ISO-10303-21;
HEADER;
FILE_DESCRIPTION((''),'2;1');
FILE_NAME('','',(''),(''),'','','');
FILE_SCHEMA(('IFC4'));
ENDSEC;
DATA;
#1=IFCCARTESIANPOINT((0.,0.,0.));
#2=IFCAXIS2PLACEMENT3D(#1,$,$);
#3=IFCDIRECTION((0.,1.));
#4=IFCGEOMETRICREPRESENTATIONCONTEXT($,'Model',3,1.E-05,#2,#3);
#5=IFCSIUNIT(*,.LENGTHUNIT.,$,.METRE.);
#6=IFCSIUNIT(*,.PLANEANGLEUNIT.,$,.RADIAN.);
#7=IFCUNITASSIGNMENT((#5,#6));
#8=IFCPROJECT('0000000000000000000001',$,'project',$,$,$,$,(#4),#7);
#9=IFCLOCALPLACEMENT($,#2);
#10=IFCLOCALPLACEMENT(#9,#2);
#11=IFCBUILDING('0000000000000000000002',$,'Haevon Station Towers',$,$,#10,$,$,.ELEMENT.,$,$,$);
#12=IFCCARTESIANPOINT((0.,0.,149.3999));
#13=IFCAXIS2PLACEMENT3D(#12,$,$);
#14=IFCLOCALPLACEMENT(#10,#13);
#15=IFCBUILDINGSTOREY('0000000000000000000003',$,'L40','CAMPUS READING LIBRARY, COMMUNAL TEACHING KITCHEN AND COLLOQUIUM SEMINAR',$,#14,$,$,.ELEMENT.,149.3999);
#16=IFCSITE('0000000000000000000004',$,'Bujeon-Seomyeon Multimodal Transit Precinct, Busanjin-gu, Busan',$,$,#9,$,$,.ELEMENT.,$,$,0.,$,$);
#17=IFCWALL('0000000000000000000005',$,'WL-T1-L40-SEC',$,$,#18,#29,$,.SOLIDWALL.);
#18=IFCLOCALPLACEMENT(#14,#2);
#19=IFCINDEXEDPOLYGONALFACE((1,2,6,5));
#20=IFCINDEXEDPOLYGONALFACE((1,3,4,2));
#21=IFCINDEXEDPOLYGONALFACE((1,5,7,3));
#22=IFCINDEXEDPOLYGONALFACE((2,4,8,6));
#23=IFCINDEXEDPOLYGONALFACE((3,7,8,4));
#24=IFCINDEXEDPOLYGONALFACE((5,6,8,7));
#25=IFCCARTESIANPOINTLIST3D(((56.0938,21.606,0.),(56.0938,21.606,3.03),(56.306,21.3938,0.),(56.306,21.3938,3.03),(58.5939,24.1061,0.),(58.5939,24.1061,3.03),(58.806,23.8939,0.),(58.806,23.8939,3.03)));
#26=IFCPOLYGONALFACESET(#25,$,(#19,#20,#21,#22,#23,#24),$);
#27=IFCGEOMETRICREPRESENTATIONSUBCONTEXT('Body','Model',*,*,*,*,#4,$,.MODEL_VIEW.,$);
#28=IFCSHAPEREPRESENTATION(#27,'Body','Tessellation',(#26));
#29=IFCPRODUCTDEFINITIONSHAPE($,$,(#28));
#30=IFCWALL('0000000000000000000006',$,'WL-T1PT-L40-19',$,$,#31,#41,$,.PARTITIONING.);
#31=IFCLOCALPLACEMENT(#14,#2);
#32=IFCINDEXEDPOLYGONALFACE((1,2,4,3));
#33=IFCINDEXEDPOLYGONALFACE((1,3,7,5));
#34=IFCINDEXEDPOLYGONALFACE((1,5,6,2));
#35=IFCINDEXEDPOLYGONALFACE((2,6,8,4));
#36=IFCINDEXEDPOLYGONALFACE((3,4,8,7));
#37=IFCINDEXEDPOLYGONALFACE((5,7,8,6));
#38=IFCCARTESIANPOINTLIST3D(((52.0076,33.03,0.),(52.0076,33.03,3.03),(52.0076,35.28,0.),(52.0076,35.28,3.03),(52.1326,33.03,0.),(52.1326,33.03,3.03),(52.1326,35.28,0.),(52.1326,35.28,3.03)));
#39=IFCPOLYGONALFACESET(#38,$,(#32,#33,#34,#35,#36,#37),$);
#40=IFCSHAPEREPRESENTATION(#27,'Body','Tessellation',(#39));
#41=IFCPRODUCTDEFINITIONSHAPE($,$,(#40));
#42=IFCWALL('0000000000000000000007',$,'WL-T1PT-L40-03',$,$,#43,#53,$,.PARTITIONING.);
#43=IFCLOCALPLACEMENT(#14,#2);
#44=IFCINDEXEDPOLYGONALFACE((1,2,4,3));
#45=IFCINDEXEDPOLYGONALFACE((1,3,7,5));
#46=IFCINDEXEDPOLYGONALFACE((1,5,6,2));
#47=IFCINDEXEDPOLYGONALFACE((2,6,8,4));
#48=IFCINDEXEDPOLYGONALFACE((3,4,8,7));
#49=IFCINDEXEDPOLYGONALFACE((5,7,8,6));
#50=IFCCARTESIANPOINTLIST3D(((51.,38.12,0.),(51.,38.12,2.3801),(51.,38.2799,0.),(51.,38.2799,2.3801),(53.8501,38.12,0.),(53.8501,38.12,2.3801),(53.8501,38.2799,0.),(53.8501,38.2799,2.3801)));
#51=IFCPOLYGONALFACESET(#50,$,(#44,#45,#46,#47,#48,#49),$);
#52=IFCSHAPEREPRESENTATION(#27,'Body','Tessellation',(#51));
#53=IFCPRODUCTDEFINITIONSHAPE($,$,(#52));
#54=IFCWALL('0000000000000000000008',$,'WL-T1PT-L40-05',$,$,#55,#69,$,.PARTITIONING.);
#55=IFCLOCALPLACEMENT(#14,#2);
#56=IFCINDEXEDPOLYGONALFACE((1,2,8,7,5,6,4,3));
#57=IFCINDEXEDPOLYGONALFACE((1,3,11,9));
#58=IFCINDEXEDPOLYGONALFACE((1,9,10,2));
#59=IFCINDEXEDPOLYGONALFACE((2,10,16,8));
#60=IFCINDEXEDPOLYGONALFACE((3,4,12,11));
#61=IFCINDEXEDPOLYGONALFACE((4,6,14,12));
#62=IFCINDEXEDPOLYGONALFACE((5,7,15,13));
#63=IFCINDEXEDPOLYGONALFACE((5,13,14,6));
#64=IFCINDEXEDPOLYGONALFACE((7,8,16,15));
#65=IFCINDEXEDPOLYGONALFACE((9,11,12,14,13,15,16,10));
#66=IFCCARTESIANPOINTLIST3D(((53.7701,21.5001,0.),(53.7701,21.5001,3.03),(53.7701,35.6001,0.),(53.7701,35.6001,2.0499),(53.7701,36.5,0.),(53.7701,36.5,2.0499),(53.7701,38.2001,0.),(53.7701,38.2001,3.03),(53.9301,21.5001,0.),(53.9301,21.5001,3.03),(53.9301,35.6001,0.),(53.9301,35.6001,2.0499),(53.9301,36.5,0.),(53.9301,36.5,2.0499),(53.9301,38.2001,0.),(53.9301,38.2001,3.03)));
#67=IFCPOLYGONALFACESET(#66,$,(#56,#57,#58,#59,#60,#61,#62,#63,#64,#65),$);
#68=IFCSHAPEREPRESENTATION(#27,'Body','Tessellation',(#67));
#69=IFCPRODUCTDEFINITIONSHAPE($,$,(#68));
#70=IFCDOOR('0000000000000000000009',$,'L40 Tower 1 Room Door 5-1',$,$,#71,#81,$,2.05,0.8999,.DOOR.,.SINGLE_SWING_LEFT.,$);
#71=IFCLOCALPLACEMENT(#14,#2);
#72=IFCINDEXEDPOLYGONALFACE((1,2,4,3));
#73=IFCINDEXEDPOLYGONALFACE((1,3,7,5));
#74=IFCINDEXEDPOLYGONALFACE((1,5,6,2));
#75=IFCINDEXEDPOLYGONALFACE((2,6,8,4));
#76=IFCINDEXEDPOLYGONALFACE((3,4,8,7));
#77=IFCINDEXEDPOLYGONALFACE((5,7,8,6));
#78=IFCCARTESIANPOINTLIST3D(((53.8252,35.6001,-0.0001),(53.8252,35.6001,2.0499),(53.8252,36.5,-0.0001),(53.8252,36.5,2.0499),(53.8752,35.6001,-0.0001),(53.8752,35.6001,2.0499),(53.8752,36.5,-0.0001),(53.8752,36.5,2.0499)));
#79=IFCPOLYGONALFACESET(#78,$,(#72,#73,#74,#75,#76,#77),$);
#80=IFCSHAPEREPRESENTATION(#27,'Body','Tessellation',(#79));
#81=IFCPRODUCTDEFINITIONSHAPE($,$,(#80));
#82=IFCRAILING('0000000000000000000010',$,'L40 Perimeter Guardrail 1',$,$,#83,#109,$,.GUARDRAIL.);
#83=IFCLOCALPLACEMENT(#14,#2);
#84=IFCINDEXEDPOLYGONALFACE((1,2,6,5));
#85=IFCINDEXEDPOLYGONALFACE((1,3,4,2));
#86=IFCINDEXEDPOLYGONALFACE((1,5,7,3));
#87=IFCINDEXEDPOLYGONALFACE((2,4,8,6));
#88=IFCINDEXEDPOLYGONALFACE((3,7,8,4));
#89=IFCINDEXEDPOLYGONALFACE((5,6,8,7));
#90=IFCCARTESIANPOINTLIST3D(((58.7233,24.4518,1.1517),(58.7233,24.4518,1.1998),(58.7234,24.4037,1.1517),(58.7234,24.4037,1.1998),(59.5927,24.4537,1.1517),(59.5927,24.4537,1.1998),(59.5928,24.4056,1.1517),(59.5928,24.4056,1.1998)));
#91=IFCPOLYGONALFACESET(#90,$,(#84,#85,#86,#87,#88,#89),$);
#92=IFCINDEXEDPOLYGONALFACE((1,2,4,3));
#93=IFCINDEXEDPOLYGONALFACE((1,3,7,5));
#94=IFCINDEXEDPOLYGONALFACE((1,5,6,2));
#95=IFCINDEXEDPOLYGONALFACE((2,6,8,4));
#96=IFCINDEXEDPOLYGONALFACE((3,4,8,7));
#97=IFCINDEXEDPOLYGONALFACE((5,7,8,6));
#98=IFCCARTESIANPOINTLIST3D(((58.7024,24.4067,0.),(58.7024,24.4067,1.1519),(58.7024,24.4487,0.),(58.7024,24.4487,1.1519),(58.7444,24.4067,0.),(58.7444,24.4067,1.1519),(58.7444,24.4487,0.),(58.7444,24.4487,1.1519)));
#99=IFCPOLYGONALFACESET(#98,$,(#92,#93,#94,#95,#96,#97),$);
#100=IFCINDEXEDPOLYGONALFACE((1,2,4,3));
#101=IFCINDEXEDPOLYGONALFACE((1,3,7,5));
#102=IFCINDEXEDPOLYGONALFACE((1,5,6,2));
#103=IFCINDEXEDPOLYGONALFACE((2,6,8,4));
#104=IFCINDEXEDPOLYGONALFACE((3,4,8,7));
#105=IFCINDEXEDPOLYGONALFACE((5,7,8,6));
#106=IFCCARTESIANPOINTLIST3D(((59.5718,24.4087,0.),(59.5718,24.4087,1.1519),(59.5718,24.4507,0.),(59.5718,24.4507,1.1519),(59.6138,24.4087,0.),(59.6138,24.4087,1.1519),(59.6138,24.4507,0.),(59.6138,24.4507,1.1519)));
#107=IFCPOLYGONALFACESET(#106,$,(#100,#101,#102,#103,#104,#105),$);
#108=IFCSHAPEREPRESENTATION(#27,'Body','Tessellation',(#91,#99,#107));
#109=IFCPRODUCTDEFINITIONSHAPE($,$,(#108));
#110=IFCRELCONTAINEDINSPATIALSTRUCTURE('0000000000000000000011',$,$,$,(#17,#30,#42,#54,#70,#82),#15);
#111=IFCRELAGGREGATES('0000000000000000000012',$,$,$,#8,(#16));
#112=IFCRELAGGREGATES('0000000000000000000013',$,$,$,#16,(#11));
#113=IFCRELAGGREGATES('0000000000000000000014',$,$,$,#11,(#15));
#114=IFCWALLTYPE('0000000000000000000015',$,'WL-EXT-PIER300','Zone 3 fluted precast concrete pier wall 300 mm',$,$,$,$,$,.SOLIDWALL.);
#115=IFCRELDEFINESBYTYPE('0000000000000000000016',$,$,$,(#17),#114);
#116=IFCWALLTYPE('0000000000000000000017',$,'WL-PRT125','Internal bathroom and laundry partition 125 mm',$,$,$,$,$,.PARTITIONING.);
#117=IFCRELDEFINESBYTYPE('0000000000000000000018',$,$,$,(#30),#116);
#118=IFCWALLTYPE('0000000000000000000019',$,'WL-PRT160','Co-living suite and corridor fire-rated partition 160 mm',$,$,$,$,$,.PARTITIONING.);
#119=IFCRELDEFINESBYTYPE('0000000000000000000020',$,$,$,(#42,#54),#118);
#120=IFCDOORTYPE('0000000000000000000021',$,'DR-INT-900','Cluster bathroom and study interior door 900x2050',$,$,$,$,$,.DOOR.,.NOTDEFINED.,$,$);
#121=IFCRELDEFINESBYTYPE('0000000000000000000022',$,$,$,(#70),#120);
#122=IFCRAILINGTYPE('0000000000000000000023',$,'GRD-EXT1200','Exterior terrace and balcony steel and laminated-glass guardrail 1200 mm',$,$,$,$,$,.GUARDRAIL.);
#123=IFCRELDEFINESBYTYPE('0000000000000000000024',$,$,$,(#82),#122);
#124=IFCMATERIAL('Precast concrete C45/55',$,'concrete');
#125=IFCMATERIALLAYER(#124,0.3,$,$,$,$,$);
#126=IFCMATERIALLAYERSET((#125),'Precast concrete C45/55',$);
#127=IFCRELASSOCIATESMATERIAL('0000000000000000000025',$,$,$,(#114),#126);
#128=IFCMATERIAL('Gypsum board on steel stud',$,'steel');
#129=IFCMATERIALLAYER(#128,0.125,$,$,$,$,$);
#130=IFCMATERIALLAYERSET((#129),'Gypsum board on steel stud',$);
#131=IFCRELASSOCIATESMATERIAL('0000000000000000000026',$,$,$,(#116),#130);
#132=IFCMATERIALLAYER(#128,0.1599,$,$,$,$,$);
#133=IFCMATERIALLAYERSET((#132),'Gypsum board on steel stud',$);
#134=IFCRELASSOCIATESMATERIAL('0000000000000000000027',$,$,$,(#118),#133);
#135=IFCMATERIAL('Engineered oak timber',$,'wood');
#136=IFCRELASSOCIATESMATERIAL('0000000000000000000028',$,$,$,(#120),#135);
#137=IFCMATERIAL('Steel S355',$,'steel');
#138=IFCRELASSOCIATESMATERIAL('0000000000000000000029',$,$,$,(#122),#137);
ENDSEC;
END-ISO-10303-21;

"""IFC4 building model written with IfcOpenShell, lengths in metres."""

from ifc_helpers import new_model, si_unit, direction, frame, frame_2d, origin, origin_2d, place, context, subcontext, project, spatial, rectangle, extrude, material, layer, layer_set, type_object, element, fill, save


model = new_model("IFC4")

# Units and contexts
model_context = context("Model", 3, precision=1e-05, world=origin(), true_north=direction((0.0, 1.0)))
body_context = subcontext(model_context, "Body", "Model", "MODEL_VIEW")
ifc_project = project(units=[si_unit("LENGTHUNIT", "METRE"), si_unit("PLANEANGLEUNIT", "RADIAN")], contexts=[model_context])

# Site, building, storey
site_placement = place(None, origin())
site = spatial("IfcSite", under=ifc_project, at=site_placement, Name="Bujeon-Seomyeon Multimodal Transit Precinct, Busanjin-gu, Busan", CompositionType="ELEMENT", RefElevation=0.0)
building_placement = place(site_placement, origin())
building = spatial("IfcBuilding", under=site, at=building_placement, Name="Haevon Station Towers", CompositionType="ELEMENT")
storey_placement = place(building_placement, frame((0.0, 0.0, 149.3999)))
storey = spatial("IfcBuildingStorey", under=building, at=storey_placement, Name="L40", Description="CAMPUS READING LIBRARY, COMMUNAL TEACHING KITCHEN AND COLLOQUIUM SEMINAR", CompositionType="ELEMENT", Elevation=149.3999)

# Shared definitions
ifc_material_1 = material(Name="Steel S355", Category="steel")

# Shared definitions
ifc_material_2 = material(Name="Precast concrete C45/55", Category="concrete")
ifc_layer_1 = layer(ifc_material_2, 0.3)
ifc_layer_set_1 = layer_set([ifc_layer_1], Name="Precast concrete C45/55")
wall_type_1 = type_object("IfcWallType", Name="WL-EXT-PIER300", Description="Zone 3 fluted precast concrete pier wall 300 mm", PredefinedType="SOLIDWALL", material=ifc_layer_set_1)

# Walls
wall_1_placement = place(storey_placement, frame((58.7, 24.0, 0.0), z_axis=(0.0, 0.0, 1.0), x_axis=(-0.707107, -0.707107, 0.0)))
element("IfcWall", 1, at=wall_1_placement, inside=storey, type_object=wall_type_1, Name="WL-T1-L40-SEC", PredefinedType="SOLIDWALL", context=body_context, shape_type="SweptSolid", body=[
    extrude(rectangle(XDim=3.5356, YDim=0.3, at=frame_2d((1.7678, 0.0))), origin(), (0.0, 0.0, 1.0), 3.03),
])
ifc_material_3 = material(Name="Gypsum board on steel stud", Category="steel")
ifc_layer_2 = layer(ifc_material_3, 0.125)
ifc_layer_set_2 = layer_set([ifc_layer_2], Name="Gypsum board on steel stud")
wall_type_2 = type_object("IfcWallType", Name="WL-PRT125", Description="Internal bathroom and laundry partition 125 mm", PredefinedType="PARTITIONING", material=ifc_layer_set_2)
wall_2_placement = place(storey_placement, frame((52.0701, 33.03, 0.0), z_axis=(0.0, 0.0, 1.0), x_axis=(0.0, 1.0, 0.0)))
element("IfcWall", 2, at=wall_2_placement, inside=storey, type_object=wall_type_2, Name="WL-T1PT-L40-19", PredefinedType="PARTITIONING", context=body_context, shape_type="SweptSolid", body=[
    extrude(rectangle(XDim=2.25, YDim=0.125, at=frame_2d((1.125, 0.0))), origin(), (0.0, 0.0, 1.0), 3.03),
])
ifc_layer_3 = layer(ifc_material_3, 0.1599)
ifc_layer_set_3 = layer_set([ifc_layer_3], Name="Gypsum board on steel stud")
wall_type_3 = type_object("IfcWallType", Name="WL-PRT160", Description="Co-living suite and corridor fire-rated partition 160 mm", PredefinedType="PARTITIONING", material=ifc_layer_set_3)
wall_3_placement = place(storey_placement, frame((51.0, 38.2, 0.0), z_axis=(0.0, 0.0, 1.0), x_axis=(1.0, 0.0, 0.0)))
element("IfcWall", 3, at=wall_3_placement, inside=storey, type_object=wall_type_3, Name="WL-T1PT-L40-03", PredefinedType="PARTITIONING", context=body_context, shape_type="SweptSolid", body=[
    extrude(rectangle(XDim=2.8501, YDim=0.1599, at=frame_2d((1.425, 0.0))), origin(), (0.0, 0.0, 1.0), 2.3801),
])

# Wall, opening, door
wall_4_placement = place(storey_placement, frame((53.8501, 21.5, 0.0), z_axis=(0.0, 0.0, 1.0), x_axis=(0.0, 1.0, 0.0)))
wall_4 = element("IfcWall", 4, at=wall_4_placement, inside=storey, type_object=wall_type_3, Name="WL-T1PT-L40-05", PredefinedType="PARTITIONING", context=body_context, shape_type="SweptSolid", body=[
    extrude(rectangle(XDim=16.7, YDim=0.1599, at=frame_2d((8.3501, 0.0))), origin(), (0.0, 0.0, 1.0), 3.03),
])
opening_1_placement = place(wall_4_placement, frame((14.1001, 0.0, 0.0)))
opening_1 = element("IfcOpeningElement", 5, at=opening_1_placement, cuts=wall_4, PredefinedType="OPENING", context=body_context, shape_type="SweptSolid", body=[
    extrude(rectangle(XDim=0.8999, YDim=2.05, at=frame_2d((0.45, 1.0249))), frame((0.0, 0.0898, 0.0), z_axis=(0.0, -1.0, 0.0), x_axis=(1.0, 0.0, 0.0)), (0.0, 0.0, 1.0), 0.1799),
])
ifc_material_4 = material(Name="Engineered oak timber", Category="wood")
door_type_1 = type_object("IfcDoorType", Name="DR-INT-900", Description="Cluster bathroom and study interior door 900x2050", OperationType="NOTDEFINED", PredefinedType="DOOR", material=ifc_material_4)
door_1_placement = place(opening_1_placement, origin())
door_1 = element("IfcDoor", 6, at=door_1_placement, inside=storey, type_object=door_type_1, Name="L40 Tower 1 Room Door 5-1", OperationType="SINGLE_SWING_LEFT", OverallHeight=2.05, OverallWidth=0.8999, PredefinedType="DOOR", context=body_context, shape_type="SweptSolid", body=[
    extrude(rectangle(XDim=0.8999, YDim=2.05, at=frame_2d((0.45, 1.0249))), frame((0.0, 0.0249, 0.0), z_axis=(0.0, -1.0, 0.0), x_axis=(1.0, 0.0, 0.0)), (0.0, 0.0, 1.0), 0.05),
])
fill(opening_1, door_1)

# Railing
railing_type = type_object("IfcRailingType", Name="GRD-EXT1200", Description="Exterior terrace and balcony steel and laminated-glass guardrail 1200 mm", PredefinedType="GUARDRAIL", material=ifc_material_1)
railing_placement = place(storey_placement, frame((58.7234, 24.4277, 0.0)))
element("IfcRailing", 7, at=railing_placement, inside=storey, type_object=railing_type, Name="L40 Perimeter Guardrail 1", PredefinedType="GUARDRAIL", context=body_context, shape_type="SweptSolid", body=[
    extrude(rectangle(XDim=0.0481, YDim=0.0481, at=origin_2d()), frame((0.0, 0.0, 1.1758), z_axis=(0.999997, 0.002247, 0.0), x_axis=(-0.002247, 0.999997, 0.0)), (0.0, 0.0, 1.0), 0.8694),
    extrude(rectangle(XDim=0.042, YDim=0.042, at=origin_2d()), origin(), (0.0, 0.0, 1.0), 1.1519),
    extrude(rectangle(XDim=0.042, YDim=0.042, at=origin_2d()), frame((0.8694, 0.002, 0.0)), (0.0, 0.0, 1.0), 1.1519),
])

save(model, "model.ifc")
